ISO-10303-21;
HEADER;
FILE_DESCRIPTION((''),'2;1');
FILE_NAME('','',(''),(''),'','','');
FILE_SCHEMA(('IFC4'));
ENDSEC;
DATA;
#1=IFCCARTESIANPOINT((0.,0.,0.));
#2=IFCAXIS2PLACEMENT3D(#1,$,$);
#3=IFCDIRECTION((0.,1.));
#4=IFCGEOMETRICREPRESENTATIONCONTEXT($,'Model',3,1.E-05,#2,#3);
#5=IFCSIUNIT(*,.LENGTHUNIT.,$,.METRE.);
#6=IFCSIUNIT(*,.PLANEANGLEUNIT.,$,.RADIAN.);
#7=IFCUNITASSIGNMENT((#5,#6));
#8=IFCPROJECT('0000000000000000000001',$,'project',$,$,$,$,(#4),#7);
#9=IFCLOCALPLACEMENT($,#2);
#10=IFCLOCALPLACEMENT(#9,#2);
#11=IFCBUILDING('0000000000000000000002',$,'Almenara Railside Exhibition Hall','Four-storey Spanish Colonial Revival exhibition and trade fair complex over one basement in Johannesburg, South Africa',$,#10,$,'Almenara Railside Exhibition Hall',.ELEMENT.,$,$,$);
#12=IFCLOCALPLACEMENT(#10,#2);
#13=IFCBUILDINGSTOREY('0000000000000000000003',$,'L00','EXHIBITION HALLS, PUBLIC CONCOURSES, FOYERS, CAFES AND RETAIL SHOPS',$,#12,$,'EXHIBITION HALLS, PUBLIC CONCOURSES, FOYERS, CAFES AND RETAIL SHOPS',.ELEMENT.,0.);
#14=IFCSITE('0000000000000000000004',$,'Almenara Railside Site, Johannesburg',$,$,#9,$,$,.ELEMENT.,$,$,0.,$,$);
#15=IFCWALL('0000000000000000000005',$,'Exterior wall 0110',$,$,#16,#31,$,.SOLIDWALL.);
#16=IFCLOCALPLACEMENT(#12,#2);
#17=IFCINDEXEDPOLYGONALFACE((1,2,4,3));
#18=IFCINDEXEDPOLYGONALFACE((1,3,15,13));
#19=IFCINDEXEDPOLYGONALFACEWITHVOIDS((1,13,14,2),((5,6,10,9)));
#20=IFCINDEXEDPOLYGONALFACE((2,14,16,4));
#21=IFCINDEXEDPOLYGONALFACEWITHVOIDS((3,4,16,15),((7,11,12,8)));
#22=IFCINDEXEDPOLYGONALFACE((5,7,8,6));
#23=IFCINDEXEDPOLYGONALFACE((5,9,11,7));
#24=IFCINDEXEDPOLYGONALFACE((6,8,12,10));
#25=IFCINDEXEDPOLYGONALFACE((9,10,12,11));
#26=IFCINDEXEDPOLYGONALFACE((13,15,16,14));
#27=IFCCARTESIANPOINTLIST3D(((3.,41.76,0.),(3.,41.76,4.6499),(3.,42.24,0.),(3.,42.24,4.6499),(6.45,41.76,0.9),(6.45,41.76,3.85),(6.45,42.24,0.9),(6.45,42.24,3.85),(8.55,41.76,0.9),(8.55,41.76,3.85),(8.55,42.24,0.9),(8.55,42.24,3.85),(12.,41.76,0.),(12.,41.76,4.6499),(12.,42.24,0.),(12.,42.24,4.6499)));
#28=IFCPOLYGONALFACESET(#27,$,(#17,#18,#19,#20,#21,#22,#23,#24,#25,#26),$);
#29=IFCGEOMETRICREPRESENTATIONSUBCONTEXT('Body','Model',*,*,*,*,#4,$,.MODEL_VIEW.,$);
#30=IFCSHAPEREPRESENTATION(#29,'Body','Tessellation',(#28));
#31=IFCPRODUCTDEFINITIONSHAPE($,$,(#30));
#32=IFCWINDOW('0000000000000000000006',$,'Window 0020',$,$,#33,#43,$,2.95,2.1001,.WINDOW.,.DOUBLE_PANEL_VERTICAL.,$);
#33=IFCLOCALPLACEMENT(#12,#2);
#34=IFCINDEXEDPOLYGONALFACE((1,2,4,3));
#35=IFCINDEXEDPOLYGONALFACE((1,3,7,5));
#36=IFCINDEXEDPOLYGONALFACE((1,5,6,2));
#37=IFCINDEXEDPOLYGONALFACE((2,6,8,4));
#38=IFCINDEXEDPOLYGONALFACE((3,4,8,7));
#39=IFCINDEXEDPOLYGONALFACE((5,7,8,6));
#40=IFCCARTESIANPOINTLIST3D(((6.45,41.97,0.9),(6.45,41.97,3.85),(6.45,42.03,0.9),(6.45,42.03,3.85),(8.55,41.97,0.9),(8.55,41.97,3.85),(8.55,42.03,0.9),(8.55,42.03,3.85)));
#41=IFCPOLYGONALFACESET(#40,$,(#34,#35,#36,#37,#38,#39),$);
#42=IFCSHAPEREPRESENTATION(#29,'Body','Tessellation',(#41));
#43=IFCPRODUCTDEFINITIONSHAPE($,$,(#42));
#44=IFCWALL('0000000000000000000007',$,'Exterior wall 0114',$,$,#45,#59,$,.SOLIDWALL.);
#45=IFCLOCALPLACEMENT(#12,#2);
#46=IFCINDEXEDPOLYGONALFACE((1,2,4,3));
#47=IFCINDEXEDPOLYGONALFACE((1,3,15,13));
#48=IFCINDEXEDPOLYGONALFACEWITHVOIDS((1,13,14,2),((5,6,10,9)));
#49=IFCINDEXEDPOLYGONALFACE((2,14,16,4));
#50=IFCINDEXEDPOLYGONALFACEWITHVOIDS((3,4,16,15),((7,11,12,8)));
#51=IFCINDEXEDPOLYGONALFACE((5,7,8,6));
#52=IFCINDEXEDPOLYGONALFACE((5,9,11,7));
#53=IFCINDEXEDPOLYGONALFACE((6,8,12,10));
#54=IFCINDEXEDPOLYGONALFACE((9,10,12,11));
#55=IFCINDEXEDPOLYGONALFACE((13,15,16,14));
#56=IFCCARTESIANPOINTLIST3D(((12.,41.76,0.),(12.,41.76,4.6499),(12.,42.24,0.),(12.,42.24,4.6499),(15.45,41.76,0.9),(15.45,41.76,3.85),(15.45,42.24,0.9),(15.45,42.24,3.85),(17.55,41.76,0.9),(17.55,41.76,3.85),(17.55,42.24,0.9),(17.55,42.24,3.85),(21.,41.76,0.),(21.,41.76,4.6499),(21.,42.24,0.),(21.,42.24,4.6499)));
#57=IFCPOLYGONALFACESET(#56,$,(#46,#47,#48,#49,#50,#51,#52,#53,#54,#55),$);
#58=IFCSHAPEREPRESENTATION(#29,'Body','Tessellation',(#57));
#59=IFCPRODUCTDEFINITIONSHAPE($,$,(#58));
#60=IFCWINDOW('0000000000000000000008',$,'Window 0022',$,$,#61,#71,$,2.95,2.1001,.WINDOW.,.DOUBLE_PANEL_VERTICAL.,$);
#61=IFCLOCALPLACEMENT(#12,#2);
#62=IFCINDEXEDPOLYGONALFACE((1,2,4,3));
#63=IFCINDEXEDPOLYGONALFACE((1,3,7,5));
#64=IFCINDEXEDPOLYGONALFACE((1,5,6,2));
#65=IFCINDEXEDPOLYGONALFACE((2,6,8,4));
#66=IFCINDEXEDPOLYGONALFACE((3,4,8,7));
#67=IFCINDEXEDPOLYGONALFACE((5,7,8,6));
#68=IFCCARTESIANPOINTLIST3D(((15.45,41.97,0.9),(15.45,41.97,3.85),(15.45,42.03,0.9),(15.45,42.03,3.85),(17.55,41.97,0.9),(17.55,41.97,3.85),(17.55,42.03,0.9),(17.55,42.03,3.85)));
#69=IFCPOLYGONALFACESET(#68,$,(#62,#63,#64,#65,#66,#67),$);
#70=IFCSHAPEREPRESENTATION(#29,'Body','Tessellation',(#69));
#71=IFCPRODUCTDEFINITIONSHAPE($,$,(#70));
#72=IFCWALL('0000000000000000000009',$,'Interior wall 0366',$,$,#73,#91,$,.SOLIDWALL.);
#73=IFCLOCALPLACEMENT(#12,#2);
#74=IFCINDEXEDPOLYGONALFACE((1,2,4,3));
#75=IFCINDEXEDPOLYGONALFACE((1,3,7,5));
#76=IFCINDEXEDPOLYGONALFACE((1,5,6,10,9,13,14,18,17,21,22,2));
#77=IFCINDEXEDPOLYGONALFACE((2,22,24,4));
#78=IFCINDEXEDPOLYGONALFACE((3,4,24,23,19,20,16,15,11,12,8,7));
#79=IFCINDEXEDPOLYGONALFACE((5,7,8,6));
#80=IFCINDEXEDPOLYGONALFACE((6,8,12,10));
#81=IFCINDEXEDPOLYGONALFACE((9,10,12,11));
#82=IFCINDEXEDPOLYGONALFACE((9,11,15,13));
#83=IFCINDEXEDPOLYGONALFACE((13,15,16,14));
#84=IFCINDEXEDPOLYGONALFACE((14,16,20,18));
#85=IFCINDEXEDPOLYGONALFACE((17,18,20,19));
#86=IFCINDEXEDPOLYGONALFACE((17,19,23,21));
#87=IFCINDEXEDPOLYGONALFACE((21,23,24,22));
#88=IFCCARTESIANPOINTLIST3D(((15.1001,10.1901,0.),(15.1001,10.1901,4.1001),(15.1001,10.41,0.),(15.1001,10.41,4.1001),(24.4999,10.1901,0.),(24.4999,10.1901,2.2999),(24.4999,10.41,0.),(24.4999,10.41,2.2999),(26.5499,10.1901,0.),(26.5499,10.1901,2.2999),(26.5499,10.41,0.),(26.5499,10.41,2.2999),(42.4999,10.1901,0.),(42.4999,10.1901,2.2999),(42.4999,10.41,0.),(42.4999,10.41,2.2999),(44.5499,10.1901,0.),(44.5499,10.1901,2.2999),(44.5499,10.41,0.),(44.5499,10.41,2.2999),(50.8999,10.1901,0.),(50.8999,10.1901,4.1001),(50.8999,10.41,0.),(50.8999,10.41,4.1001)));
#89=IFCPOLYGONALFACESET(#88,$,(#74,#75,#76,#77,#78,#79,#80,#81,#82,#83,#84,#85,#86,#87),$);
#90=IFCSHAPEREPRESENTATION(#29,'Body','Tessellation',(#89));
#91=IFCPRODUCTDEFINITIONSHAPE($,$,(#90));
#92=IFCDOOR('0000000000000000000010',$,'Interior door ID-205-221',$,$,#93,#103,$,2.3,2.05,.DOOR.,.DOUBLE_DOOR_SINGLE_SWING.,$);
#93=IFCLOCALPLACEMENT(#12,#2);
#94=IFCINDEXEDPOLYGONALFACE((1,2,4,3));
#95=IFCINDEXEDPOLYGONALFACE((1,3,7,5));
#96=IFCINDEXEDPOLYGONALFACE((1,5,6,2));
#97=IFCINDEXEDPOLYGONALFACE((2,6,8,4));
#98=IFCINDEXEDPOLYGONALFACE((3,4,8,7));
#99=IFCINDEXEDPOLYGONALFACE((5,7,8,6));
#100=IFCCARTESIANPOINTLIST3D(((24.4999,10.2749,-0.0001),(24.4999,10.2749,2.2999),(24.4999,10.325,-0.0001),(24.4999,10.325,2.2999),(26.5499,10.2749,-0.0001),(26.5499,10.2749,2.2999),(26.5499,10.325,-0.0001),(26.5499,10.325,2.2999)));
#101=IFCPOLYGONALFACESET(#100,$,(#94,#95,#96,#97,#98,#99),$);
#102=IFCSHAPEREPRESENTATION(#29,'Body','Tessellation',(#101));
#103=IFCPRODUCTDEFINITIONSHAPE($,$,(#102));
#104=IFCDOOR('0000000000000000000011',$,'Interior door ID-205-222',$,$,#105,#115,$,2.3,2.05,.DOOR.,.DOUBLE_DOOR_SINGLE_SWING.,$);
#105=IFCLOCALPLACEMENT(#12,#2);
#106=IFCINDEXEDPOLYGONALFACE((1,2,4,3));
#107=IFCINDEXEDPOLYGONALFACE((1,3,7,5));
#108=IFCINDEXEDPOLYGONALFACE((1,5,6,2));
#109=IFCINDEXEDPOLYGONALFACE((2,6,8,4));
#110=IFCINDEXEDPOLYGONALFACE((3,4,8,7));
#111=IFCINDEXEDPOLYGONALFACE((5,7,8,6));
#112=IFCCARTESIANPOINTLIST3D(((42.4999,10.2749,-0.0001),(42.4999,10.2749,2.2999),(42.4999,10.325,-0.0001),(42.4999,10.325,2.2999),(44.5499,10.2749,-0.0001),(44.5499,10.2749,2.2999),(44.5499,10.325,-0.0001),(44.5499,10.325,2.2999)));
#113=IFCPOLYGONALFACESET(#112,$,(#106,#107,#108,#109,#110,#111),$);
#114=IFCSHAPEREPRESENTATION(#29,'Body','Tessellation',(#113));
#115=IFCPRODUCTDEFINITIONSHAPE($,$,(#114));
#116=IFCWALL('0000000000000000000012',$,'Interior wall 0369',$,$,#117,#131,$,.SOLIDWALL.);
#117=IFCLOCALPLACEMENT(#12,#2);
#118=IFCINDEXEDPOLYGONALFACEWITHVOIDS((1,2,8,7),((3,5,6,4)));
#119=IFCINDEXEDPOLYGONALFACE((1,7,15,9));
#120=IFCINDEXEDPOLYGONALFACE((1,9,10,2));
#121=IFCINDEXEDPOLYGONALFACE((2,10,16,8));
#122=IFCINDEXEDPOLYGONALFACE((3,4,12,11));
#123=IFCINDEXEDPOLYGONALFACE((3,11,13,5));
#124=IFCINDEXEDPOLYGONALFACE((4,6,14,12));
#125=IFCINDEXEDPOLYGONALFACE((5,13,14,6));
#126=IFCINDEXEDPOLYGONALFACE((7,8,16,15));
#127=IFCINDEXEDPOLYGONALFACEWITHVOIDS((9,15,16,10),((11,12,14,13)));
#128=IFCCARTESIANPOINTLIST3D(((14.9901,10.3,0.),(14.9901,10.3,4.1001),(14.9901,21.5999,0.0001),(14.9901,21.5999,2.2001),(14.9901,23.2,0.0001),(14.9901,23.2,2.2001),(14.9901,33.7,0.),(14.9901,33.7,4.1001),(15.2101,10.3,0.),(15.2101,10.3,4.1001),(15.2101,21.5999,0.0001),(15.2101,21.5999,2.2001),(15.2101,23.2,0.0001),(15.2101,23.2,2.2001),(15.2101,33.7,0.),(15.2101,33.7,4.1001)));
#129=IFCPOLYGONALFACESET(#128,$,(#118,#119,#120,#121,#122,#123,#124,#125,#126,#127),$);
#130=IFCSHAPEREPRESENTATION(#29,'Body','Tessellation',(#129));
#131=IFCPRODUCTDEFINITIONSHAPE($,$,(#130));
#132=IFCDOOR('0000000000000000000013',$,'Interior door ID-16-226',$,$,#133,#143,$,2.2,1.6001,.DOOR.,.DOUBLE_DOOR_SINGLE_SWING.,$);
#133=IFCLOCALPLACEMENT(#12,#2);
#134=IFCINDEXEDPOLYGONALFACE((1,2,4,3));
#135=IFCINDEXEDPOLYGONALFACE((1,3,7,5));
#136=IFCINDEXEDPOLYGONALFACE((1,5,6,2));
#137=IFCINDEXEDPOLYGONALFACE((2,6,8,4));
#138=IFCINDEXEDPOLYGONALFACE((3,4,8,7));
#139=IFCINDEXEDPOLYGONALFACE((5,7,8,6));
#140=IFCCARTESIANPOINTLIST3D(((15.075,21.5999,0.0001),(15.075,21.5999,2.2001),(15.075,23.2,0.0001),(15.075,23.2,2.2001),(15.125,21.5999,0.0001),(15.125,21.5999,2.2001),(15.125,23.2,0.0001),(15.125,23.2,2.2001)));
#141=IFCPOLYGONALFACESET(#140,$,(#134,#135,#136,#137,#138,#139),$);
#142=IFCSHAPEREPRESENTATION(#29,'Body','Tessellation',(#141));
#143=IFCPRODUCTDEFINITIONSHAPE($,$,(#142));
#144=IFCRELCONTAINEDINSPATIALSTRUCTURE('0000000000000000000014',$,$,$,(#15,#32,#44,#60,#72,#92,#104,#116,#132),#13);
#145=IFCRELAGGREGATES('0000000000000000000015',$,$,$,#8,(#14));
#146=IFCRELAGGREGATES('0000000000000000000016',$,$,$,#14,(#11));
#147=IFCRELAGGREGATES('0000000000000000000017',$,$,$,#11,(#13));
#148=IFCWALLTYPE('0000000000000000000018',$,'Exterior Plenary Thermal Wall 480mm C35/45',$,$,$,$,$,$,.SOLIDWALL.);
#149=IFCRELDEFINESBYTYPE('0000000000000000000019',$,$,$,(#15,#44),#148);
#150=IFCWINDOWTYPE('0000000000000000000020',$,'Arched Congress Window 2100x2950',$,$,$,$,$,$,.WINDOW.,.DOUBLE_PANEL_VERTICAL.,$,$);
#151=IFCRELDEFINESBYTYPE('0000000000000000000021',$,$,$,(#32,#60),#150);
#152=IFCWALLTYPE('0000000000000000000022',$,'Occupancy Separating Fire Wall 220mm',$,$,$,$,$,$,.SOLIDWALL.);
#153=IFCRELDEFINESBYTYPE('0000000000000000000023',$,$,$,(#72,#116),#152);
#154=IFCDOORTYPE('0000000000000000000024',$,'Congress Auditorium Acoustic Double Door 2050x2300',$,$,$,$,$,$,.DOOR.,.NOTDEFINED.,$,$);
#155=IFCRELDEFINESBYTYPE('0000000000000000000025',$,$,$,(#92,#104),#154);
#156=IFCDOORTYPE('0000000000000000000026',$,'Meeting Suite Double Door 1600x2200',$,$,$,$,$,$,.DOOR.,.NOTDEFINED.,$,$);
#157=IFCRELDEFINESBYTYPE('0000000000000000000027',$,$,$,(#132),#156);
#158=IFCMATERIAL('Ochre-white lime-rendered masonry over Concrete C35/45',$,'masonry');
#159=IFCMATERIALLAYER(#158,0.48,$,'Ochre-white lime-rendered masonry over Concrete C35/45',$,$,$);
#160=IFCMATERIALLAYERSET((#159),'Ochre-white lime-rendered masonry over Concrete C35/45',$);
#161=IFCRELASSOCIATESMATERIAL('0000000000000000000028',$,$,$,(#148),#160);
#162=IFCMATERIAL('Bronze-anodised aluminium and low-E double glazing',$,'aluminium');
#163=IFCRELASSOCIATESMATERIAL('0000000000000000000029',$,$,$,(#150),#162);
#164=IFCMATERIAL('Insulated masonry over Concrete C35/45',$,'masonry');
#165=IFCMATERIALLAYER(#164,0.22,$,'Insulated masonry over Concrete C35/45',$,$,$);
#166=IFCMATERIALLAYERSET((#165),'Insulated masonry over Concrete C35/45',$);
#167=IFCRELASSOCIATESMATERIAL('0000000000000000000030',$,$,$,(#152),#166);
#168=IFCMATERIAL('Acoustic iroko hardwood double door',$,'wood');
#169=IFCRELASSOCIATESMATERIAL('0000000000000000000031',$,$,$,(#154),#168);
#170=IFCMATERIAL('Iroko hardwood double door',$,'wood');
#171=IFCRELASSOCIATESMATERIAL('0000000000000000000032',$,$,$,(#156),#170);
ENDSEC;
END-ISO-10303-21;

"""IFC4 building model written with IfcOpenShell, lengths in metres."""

from ifc_helpers import new_model, si_unit, direction, frame, frame_2d, origin, place, context, subcontext, project, spatial, rectangle, extrude, material, layer, layer_set, type_object, element, fill, save


model = new_model("IFC4")

# Units and contexts
model_context = context("Model", 3, precision=1e-05, world=origin(), true_north=direction((0.0, 1.0)))
body_context = subcontext(model_context, "Body", "Model", "MODEL_VIEW")
ifc_project = project(units=[si_unit("LENGTHUNIT", "METRE"), si_unit("PLANEANGLEUNIT", "RADIAN")], contexts=[model_context])

# Site, building, storey
site_placement = place(None, origin())
site = spatial("IfcSite", under=ifc_project, at=site_placement, Name="Almenara Railside Site, Johannesburg", CompositionType="ELEMENT", RefElevation=0.0)
building_placement = place(site_placement, origin())
building = spatial("IfcBuilding", under=site, at=building_placement, Name="Almenara Railside Exhibition Hall", Description="Four-storey Spanish Colonial Revival exhibition and trade fair complex over one basement in Johannesburg, South Africa", LongName="Almenara Railside Exhibition Hall", CompositionType="ELEMENT")
storey_placement = place(building_placement, origin())
storey = spatial("IfcBuildingStorey", under=building, at=storey_placement, Name="L00", Description="EXHIBITION HALLS, PUBLIC CONCOURSES, FOYERS, CAFES AND RETAIL SHOPS", LongName="EXHIBITION HALLS, PUBLIC CONCOURSES, FOYERS, CAFES AND RETAIL SHOPS", CompositionType="ELEMENT", Elevation=0.0)

# Walls, openings, windows
ifc_material_1 = material(Name="Ochre-white lime-rendered masonry over Concrete C35/45", Category="masonry")
ifc_layer_1 = layer(ifc_material_1, 0.48, Name="Ochre-white lime-rendered masonry over Concrete C35/45")
ifc_layer_set_1 = layer_set([ifc_layer_1], Name="Ochre-white lime-rendered masonry over Concrete C35/45")
wall_type_1 = type_object("IfcWallType", Name="Exterior Plenary Thermal Wall 480mm C35/45", PredefinedType="SOLIDWALL", material=ifc_layer_set_1)
wall_1_placement = place(storey_placement, frame((12.0, 42.0, 0.0), z_axis=(0.0, 0.0, 1.0), x_axis=(-1.0, 0.0, 0.0)))
wall_1 = element("IfcWall", 1, at=wall_1_placement, inside=storey, type_object=wall_type_1, Name="Exterior wall 0110", PredefinedType="SOLIDWALL", context=body_context, shape_type="SweptSolid", body=[
    extrude(rectangle(XDim=9.0, YDim=0.48, at=frame_2d((4.5, 0.0))), origin(), (0.0, 0.0, 1.0), 4.6499),
])
opening_1_placement = place(wall_1_placement, frame((3.45, 0.0, 0.8999)))
opening_1 = element("IfcOpeningElement", 2, at=opening_1_placement, cuts=wall_1, PredefinedType="OPENING", context=body_context, shape_type="SweptSolid", body=[
    extrude(rectangle(XDim=2.1001, YDim=2.95, at=frame_2d((1.05, 1.4751))), frame((0.0, 0.25, 0.0), z_axis=(0.0, -1.0, 0.0), x_axis=(1.0, 0.0, 0.0)), (0.0, 0.0, 1.0), 0.5),
])
ifc_material_2 = material(Name="Bronze-anodised aluminium and low-E double glazing", Category="aluminium")
window_type = type_object("IfcWindowType", Name="Arched Congress Window 2100x2950", PartitioningType="DOUBLE_PANEL_VERTICAL", PredefinedType="WINDOW", material=ifc_material_2)
window_1_placement = place(opening_1_placement, origin())
window_1 = element("IfcWindow", 3, at=window_1_placement, inside=storey, type_object=window_type, Name="Window 0020", OverallHeight=2.95, OverallWidth=2.1001, PartitioningType="DOUBLE_PANEL_VERTICAL", PredefinedType="WINDOW", context=body_context, shape_type="SweptSolid", body=[
    extrude(rectangle(XDim=2.1001, YDim=2.95, at=frame_2d((1.05, 1.4751))), frame((0.0, 0.03, 0.0), z_axis=(0.0, -1.0, 0.0), x_axis=(1.0, 0.0, 0.0)), (0.0, 0.0, 1.0), 0.0601),
])
fill(opening_1, window_1)
wall_2_placement = place(storey_placement, frame((21.0, 42.0, 0.0), z_axis=(0.0, 0.0, 1.0), x_axis=(-1.0, 0.0, 0.0)))
wall_2 = element("IfcWall", 4, at=wall_2_placement, inside=storey, type_object=wall_type_1, Name="Exterior wall 0114", PredefinedType="SOLIDWALL", context=body_context, shape_type="SweptSolid", body=[
    extrude(rectangle(XDim=9.0, YDim=0.48, at=frame_2d((4.5, 0.0))), origin(), (0.0, 0.0, 1.0), 4.6499),
])
opening_2_placement = place(wall_2_placement, frame((3.45, 0.0, 0.8999)))
opening_2 = element("IfcOpeningElement", 5, at=opening_2_placement, cuts=wall_2, PredefinedType="OPENING", context=body_context, shape_type="SweptSolid", body=[
    extrude(rectangle(XDim=2.1001, YDim=2.95, at=frame_2d((1.05, 1.4751))), frame((0.0, 0.25, 0.0), z_axis=(0.0, -1.0, 0.0), x_axis=(1.0, 0.0, 0.0)), (0.0, 0.0, 1.0), 0.5),
])
window_2_placement = place(opening_2_placement, origin())
window_2 = element("IfcWindow", 6, at=window_2_placement, inside=storey, type_object=window_type, Name="Window 0022", OverallHeight=2.95, OverallWidth=2.1001, PartitioningType="DOUBLE_PANEL_VERTICAL", PredefinedType="WINDOW", context=body_context, shape_type="SweptSolid", body=[
    extrude(rectangle(XDim=2.1001, YDim=2.95, at=frame_2d((1.05, 1.4751))), frame((0.0, 0.03, 0.0), z_axis=(0.0, -1.0, 0.0), x_axis=(1.0, 0.0, 0.0)), (0.0, 0.0, 1.0), 0.0601),
])
fill(opening_2, window_2)

# Wall, openings, doors
ifc_material_3 = material(Name="Insulated masonry over Concrete C35/45", Category="masonry")
ifc_layer_2 = layer(ifc_material_3, 0.22, Name="Insulated masonry over Concrete C35/45")
ifc_layer_set_2 = layer_set([ifc_layer_2], Name="Insulated masonry over Concrete C35/45")
wall_type_2 = type_object("IfcWallType", Name="Occupancy Separating Fire Wall 220mm", PredefinedType="SOLIDWALL", material=ifc_layer_set_2)
wall_3_placement = place(storey_placement, frame((15.1001, 10.3, 0.0), z_axis=(0.0, 0.0, 1.0), x_axis=(1.0, 0.0, 0.0)))
wall_3 = element("IfcWall", 7, at=wall_3_placement, inside=storey, type_object=wall_type_2, Name="Interior wall 0366", PredefinedType="SOLIDWALL", context=body_context, shape_type="SweptSolid", body=[
    extrude(rectangle(XDim=35.7998, YDim=0.22, at=frame_2d((17.8999, 0.0))), origin(), (0.0, 0.0, 1.0), 4.1001),
])
opening_3_placement = place(wall_3_placement, frame((9.3999, 0.0, 0.0)))
opening_3 = element("IfcOpeningElement", 8, at=opening_3_placement, cuts=wall_3, PredefinedType="OPENING", context=body_context, shape_type="SweptSolid", body=[
    extrude(rectangle(XDim=2.05, YDim=2.3, at=frame_2d((1.0249, 1.1499))), frame((0.0, 0.1199, 0.0), z_axis=(0.0, -1.0, 0.0), x_axis=(1.0, 0.0, 0.0)), (0.0, 0.0, 1.0), 0.24),
])
opening_4_placement = place(wall_3_placement, frame((27.3999, 0.0, 0.0)))
opening_4 = element("IfcOpeningElement", 9, at=opening_4_placement, cuts=wall_3, PredefinedType="OPENING", context=body_context, shape_type="SweptSolid", body=[
    extrude(rectangle(XDim=2.05, YDim=2.3, at=frame_2d((1.0249, 1.1499))), frame((0.0, 0.1199, 0.0), z_axis=(0.0, -1.0, 0.0), x_axis=(1.0, 0.0, 0.0)), (0.0, 0.0, 1.0), 0.24),
])
ifc_material_4 = material(Name="Acoustic iroko hardwood double door", Category="wood")
door_type_1 = type_object("IfcDoorType", Name="Congress Auditorium Acoustic Double Door 2050x2300", OperationType="NOTDEFINED", PredefinedType="DOOR", material=ifc_material_4)
door_1_placement = place(opening_3_placement, origin())
door_1 = element("IfcDoor", 10, at=door_1_placement, inside=storey, type_object=door_type_1, Name="Interior door ID-205-221", OperationType="DOUBLE_DOOR_SINGLE_SWING", OverallHeight=2.3, OverallWidth=2.05, PredefinedType="DOOR", context=body_context, shape_type="SweptSolid", body=[
    extrude(rectangle(XDim=2.05, YDim=2.3, at=frame_2d((1.0249, 1.1499))), frame((0.0, 0.0249, 0.0), z_axis=(0.0, -1.0, 0.0), x_axis=(1.0, 0.0, 0.0)), (0.0, 0.0, 1.0), 0.05),
])
fill(opening_3, door_1)
door_2_placement = place(opening_4_placement, origin())
door_2 = element("IfcDoor", 11, at=door_2_placement, inside=storey, type_object=door_type_1, Name="Interior door ID-205-222", OperationType="DOUBLE_DOOR_SINGLE_SWING", OverallHeight=2.3, OverallWidth=2.05, PredefinedType="DOOR", context=body_context, shape_type="SweptSolid", body=[
    extrude(rectangle(XDim=2.05, YDim=2.3, at=frame_2d((1.0249, 1.1499))), frame((0.0, 0.0249, 0.0), z_axis=(0.0, -1.0, 0.0), x_axis=(1.0, 0.0, 0.0)), (0.0, 0.0, 1.0), 0.05),
])
fill(opening_4, door_2)

# Wall, opening, door
wall_4_placement = place(storey_placement, frame((15.1001, 33.7, 0.0), z_axis=(0.0, 0.0, 1.0), x_axis=(0.0, -1.0, 0.0)))
wall_4 = element("IfcWall", 12, at=wall_4_placement, inside=storey, type_object=wall_type_2, Name="Interior wall 0369", PredefinedType="SOLIDWALL", context=body_context, shape_type="SweptSolid", body=[
    extrude(rectangle(XDim=23.3999, YDim=0.22, at=frame_2d((11.7, 0.0))), origin(), (0.0, 0.0, 1.0), 4.1001),
])
opening_5_placement = place(wall_4_placement, frame((10.5, 0.0, 0.0)))
opening_5 = element("IfcOpeningElement", 13, at=opening_5_placement, cuts=wall_4, PredefinedType="OPENING", context=body_context, shape_type="SweptSolid", body=[
    extrude(rectangle(XDim=1.6001, YDim=2.2, at=frame_2d((0.8, 1.1001))), frame((0.0, 0.1199, 0.0), z_axis=(0.0, -1.0, 0.0), x_axis=(1.0, 0.0, 0.0)), (0.0, 0.0, 1.0), 0.24),
])
ifc_material_5 = material(Name="Iroko hardwood double door", Category="wood")
door_type_2 = type_object("IfcDoorType", Name="Meeting Suite Double Door 1600x2200", OperationType="NOTDEFINED", PredefinedType="DOOR", material=ifc_material_5)
door_3_placement = place(opening_5_placement, origin())
door_3 = element("IfcDoor", 14, at=door_3_placement, inside=storey, type_object=door_type_2, Name="Interior door ID-16-226", OperationType="DOUBLE_DOOR_SINGLE_SWING", OverallHeight=2.2, OverallWidth=1.6001, PredefinedType="DOOR", context=body_context, shape_type="SweptSolid", body=[
    extrude(rectangle(XDim=1.6001, YDim=2.2, at=frame_2d((0.8, 1.1001))), frame((0.0, 0.0249, 0.0), z_axis=(0.0, -1.0, 0.0), x_axis=(1.0, 0.0, 0.0)), (0.0, 0.0, 1.0), 0.05),
])
fill(opening_5, door_3)

save(model, "model.ifc")
